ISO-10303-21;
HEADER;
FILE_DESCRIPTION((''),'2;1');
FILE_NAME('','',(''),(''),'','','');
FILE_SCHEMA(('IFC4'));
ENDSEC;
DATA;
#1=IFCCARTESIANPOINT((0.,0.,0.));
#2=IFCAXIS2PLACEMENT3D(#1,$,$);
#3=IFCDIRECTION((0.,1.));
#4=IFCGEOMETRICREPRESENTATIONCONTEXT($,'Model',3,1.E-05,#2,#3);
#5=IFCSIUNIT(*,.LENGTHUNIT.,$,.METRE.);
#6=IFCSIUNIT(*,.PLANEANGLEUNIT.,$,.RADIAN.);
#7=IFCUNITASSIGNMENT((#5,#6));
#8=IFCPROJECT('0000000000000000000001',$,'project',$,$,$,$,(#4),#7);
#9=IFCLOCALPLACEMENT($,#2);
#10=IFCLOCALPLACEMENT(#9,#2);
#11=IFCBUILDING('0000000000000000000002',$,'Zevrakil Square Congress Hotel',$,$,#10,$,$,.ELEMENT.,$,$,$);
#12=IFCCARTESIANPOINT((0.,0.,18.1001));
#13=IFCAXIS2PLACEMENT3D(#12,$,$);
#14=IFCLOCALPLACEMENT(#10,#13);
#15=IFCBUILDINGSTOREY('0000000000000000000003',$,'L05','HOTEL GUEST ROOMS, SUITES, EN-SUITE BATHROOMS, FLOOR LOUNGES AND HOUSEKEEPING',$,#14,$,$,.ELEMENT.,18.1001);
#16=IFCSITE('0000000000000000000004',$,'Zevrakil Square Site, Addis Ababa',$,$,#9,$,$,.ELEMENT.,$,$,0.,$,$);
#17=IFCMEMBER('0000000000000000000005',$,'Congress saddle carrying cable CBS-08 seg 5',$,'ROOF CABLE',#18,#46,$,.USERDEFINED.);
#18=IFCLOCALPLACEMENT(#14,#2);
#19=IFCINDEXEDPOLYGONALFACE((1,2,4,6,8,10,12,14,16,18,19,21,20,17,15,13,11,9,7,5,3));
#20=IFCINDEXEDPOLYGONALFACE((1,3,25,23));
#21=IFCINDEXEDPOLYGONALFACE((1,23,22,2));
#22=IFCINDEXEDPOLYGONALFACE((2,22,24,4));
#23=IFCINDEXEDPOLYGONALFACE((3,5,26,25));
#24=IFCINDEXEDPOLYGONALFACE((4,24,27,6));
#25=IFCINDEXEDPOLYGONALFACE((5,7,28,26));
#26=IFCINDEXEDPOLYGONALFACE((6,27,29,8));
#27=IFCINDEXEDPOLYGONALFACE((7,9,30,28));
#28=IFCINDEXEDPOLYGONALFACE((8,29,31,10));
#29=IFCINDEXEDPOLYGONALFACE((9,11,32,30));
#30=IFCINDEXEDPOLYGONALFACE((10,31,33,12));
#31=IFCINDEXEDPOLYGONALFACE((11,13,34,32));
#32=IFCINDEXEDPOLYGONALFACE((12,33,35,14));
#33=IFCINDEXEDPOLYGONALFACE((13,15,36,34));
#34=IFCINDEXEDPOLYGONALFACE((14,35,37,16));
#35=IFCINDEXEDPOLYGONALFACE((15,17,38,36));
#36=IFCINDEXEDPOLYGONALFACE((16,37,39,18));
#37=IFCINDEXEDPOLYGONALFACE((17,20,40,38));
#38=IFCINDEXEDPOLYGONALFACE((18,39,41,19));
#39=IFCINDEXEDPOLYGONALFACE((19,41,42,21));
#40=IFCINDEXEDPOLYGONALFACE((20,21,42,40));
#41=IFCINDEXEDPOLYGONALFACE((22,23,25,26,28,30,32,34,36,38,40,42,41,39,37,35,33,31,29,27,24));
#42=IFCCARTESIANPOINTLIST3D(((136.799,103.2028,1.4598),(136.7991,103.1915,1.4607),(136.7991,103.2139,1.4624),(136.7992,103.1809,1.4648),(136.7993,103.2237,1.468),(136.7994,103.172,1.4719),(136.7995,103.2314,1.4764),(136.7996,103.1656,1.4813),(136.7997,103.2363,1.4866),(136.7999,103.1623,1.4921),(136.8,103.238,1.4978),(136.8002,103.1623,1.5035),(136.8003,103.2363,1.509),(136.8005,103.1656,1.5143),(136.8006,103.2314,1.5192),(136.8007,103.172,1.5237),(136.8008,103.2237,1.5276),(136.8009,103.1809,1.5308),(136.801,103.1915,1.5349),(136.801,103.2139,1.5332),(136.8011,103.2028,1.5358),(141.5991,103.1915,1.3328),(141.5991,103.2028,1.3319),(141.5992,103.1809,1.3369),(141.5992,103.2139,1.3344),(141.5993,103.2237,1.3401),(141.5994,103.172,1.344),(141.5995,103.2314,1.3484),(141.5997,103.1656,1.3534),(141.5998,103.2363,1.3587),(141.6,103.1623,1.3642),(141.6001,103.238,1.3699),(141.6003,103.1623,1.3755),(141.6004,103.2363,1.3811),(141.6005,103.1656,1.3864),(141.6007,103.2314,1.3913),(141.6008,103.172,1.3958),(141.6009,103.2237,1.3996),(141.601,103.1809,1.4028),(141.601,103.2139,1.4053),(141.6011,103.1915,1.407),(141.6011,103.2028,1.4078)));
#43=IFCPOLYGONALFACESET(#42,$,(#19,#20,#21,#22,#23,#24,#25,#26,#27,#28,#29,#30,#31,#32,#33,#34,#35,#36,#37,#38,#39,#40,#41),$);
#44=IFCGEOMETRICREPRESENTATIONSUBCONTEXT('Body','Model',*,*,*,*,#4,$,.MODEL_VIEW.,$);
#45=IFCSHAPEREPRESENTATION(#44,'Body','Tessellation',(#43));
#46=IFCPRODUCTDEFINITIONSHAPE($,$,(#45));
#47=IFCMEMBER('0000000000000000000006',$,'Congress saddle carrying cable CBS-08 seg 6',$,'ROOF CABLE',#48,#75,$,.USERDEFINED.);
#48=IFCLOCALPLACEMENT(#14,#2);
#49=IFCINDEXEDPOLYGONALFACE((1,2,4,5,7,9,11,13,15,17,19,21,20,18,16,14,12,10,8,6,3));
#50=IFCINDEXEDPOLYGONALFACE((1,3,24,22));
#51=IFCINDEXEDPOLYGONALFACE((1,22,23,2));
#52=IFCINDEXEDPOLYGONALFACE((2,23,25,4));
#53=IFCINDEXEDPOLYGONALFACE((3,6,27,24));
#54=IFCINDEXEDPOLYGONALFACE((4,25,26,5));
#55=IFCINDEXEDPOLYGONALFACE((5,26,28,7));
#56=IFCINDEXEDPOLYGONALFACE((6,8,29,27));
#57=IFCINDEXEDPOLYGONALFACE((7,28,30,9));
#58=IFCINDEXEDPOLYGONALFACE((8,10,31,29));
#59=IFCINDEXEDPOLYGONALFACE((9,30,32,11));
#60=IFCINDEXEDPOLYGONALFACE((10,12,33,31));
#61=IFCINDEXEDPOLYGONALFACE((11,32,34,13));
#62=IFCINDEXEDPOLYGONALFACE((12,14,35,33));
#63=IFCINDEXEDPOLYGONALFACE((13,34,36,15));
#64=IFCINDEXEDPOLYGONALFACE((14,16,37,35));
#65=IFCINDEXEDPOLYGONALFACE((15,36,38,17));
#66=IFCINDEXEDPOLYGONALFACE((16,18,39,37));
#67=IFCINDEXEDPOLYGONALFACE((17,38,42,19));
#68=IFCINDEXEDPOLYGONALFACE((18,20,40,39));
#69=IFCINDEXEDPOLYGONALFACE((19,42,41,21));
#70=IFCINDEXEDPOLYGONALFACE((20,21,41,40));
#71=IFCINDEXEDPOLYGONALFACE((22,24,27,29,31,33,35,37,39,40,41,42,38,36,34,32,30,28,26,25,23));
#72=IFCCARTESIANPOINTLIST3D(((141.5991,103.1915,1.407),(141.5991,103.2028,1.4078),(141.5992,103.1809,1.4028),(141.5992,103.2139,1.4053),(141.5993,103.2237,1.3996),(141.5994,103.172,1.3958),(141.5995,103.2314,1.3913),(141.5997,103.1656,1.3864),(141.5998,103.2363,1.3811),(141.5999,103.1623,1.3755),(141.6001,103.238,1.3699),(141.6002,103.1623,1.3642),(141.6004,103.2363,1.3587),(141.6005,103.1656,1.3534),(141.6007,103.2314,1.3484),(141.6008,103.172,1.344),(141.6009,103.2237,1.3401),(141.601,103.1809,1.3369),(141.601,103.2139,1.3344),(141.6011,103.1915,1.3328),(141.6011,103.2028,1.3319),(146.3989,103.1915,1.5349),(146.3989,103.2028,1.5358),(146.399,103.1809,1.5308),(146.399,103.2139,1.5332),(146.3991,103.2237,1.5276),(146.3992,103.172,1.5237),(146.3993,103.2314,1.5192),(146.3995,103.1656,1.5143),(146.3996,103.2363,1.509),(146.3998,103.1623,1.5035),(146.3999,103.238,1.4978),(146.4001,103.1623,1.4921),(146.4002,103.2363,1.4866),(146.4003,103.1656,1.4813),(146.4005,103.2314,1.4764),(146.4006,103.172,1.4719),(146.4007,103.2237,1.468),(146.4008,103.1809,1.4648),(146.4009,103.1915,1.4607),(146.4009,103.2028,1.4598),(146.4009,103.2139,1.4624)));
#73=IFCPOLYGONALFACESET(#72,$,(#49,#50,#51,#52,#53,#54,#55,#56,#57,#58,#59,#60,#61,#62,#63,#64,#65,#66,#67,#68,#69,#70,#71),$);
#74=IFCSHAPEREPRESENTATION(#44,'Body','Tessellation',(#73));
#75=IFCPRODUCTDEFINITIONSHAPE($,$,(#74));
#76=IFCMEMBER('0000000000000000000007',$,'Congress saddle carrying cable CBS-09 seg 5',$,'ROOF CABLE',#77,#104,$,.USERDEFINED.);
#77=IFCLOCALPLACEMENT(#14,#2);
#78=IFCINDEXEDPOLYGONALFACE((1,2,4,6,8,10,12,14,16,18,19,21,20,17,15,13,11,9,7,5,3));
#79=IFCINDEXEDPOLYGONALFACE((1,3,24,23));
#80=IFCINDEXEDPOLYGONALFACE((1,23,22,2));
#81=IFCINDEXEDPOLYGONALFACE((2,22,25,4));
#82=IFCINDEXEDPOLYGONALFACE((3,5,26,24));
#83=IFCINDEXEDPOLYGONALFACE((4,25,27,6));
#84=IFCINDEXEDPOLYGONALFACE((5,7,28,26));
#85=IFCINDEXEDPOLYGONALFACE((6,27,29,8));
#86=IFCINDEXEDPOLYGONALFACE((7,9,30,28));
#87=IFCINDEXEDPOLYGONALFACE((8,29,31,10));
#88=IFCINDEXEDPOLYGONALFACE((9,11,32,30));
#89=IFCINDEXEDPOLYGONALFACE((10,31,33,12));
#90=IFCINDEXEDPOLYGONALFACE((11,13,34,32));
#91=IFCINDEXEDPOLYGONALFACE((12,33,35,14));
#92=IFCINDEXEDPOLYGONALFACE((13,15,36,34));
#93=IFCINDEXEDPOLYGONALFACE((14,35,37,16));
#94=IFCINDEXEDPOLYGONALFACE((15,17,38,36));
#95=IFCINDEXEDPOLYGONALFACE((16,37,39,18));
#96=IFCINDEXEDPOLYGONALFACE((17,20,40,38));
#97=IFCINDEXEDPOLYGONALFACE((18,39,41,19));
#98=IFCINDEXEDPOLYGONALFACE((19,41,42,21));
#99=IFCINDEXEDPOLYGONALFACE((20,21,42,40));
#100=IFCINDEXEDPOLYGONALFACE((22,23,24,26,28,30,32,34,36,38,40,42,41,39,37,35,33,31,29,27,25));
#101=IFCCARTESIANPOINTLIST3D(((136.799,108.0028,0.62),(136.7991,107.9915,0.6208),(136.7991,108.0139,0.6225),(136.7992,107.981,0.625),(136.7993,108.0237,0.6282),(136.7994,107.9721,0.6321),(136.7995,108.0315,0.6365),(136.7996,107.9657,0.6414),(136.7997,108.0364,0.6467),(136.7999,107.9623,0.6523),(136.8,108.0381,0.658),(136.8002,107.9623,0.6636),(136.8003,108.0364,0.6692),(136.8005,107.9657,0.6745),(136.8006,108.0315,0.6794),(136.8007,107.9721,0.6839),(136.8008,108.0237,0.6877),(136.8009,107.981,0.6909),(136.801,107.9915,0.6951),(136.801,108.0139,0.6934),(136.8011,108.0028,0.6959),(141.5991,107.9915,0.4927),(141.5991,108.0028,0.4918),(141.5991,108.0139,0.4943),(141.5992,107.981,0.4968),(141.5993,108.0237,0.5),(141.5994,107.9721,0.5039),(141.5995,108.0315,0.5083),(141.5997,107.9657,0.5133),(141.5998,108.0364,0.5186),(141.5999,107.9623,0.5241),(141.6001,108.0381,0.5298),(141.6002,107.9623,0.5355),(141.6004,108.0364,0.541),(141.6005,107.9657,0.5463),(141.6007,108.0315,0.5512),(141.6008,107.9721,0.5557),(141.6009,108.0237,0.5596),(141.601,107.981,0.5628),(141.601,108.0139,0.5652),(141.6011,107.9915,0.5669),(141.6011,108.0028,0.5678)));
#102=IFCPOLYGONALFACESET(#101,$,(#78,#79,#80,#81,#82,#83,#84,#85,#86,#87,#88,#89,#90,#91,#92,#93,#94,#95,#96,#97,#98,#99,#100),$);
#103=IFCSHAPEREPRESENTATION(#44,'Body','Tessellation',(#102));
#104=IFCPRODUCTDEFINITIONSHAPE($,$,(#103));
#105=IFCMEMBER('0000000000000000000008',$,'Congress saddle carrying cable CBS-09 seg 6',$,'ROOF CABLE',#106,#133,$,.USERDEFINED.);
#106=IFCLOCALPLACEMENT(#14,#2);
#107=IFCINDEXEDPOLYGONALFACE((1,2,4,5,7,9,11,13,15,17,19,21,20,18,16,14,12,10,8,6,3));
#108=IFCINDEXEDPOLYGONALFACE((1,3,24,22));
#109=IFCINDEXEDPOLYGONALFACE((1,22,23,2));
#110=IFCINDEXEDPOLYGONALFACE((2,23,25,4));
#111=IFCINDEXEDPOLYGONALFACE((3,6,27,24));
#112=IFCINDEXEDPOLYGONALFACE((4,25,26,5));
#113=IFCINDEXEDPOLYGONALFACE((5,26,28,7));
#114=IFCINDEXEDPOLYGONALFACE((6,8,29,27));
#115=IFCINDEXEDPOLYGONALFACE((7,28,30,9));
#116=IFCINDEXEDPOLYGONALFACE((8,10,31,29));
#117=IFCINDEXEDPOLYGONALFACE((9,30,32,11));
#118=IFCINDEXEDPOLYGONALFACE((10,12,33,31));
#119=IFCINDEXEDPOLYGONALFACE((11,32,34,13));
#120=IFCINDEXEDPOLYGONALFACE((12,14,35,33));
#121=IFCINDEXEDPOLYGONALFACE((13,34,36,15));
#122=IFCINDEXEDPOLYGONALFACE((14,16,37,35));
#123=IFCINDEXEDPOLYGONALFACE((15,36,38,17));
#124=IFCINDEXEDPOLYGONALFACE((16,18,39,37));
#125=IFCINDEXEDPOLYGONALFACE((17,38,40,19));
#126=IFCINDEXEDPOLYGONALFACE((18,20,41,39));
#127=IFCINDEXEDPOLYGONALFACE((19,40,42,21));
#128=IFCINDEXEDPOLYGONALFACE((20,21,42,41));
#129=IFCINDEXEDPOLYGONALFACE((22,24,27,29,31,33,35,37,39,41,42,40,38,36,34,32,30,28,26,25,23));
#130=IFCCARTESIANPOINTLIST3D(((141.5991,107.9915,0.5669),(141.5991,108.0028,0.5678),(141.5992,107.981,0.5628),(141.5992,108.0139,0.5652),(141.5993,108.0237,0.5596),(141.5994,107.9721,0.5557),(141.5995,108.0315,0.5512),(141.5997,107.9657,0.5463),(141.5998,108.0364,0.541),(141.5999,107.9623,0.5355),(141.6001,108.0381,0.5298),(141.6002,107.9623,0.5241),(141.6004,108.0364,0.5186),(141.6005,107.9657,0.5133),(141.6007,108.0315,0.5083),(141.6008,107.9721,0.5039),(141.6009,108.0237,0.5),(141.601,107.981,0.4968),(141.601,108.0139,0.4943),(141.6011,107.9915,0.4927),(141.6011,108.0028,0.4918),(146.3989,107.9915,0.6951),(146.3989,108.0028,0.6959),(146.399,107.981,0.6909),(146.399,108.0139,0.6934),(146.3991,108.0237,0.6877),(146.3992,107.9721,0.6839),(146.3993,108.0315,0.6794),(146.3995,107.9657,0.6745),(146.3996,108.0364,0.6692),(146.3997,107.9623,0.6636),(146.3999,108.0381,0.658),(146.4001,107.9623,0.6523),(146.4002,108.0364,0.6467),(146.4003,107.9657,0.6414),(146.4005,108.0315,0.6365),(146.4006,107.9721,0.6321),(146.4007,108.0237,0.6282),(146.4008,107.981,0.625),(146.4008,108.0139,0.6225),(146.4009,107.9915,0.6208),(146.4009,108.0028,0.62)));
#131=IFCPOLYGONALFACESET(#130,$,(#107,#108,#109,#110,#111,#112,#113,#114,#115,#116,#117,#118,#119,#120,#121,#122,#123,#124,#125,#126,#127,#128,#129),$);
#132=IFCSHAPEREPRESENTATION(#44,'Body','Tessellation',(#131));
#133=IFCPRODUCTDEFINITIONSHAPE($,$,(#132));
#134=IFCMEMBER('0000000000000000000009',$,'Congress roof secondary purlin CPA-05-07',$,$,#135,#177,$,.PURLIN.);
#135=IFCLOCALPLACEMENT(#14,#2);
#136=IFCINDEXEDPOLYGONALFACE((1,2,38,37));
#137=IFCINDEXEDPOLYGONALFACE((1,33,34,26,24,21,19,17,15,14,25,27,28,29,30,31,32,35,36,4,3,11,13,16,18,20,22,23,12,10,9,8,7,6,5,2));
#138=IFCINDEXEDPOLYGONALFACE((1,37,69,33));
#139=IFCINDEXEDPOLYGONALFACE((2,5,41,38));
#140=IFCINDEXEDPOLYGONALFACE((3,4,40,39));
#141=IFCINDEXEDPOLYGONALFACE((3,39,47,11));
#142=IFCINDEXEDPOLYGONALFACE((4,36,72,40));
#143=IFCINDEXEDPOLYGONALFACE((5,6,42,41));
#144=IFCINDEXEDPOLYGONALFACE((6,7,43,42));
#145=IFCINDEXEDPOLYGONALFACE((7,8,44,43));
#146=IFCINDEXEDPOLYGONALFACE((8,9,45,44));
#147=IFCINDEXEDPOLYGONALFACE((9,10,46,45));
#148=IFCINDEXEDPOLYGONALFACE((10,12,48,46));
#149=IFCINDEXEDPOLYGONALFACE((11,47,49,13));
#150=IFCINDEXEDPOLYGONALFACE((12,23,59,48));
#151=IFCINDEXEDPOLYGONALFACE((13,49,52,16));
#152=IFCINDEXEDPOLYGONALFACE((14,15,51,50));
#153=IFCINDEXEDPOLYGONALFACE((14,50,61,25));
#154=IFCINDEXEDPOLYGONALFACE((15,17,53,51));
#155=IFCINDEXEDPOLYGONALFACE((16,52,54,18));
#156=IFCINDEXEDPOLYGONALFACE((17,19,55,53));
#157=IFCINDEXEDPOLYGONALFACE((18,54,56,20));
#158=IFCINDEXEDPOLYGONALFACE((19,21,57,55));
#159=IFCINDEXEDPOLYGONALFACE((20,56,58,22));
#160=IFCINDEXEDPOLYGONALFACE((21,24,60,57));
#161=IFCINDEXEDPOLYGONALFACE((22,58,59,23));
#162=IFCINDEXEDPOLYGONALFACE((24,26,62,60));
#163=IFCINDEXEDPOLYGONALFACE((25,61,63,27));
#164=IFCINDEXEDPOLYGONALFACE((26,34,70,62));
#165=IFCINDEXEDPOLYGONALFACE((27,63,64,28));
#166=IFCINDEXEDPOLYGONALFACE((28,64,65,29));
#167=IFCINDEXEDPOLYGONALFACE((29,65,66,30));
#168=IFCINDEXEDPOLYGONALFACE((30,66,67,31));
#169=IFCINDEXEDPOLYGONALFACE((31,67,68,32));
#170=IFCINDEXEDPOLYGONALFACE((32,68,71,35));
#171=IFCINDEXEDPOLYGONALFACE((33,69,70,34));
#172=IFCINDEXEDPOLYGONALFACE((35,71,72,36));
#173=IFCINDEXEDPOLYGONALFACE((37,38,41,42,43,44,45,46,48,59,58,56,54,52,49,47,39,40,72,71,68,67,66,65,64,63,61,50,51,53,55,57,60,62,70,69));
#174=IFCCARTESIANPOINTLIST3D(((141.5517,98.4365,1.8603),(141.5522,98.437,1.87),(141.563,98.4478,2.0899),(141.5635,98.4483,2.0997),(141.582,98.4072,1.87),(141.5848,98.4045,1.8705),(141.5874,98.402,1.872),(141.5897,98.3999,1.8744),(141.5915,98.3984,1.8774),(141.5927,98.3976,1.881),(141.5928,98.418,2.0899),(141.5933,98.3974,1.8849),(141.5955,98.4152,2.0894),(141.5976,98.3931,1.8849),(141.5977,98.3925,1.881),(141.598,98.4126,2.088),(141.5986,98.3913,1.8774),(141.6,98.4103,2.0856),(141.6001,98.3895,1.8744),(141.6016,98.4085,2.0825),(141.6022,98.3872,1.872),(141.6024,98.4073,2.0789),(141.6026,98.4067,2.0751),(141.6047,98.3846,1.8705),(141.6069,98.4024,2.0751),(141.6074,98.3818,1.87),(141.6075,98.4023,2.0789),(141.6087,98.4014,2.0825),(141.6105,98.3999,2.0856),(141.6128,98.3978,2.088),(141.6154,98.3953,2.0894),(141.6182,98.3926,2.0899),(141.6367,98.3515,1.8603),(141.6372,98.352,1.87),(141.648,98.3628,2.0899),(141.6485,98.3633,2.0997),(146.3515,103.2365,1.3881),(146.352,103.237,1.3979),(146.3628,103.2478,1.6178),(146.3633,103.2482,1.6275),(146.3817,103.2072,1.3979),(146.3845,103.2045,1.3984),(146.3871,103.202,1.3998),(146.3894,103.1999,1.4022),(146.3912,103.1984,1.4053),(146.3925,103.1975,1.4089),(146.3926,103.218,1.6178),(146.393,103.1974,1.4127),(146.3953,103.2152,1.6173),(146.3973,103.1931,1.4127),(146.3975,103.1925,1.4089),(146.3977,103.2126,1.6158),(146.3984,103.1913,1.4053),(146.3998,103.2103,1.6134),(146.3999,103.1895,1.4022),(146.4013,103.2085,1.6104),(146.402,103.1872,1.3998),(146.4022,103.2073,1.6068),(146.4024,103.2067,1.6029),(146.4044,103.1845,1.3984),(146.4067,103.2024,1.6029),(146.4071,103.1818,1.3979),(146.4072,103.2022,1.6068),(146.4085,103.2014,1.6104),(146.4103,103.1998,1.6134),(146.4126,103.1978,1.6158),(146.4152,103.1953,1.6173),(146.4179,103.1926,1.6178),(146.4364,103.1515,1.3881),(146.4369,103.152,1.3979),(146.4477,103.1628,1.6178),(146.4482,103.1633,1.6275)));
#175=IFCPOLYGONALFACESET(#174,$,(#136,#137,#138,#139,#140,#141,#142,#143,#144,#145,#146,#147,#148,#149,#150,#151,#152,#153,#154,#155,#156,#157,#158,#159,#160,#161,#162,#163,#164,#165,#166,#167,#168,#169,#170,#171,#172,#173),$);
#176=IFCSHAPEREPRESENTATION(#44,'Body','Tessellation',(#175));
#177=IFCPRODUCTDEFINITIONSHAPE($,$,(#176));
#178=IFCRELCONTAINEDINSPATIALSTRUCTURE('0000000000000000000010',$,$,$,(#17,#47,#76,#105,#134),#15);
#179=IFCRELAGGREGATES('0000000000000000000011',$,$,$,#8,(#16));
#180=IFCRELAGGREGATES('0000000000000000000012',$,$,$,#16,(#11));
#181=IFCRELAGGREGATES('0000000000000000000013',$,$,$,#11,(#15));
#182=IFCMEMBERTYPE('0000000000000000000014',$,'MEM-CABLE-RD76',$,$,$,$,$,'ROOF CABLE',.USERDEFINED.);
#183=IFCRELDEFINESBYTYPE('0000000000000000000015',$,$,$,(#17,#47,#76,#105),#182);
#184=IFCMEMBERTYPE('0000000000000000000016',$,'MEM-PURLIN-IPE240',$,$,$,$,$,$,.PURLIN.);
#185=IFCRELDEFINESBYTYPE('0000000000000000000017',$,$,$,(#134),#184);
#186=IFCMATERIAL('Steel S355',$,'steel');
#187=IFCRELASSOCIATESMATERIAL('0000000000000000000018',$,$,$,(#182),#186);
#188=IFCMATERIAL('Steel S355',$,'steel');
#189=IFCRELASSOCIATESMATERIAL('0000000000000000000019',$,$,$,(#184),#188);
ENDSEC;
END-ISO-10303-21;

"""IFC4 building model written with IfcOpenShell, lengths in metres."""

from ifc_helpers import new_model, si_unit, direction, frame, origin, origin_2d, place, context, subcontext, project, spatial, circle, i_section, extrude, material, material_profile, profile_set, type_object, element, save


model = new_model("IFC4")

# Units and contexts
model_context = context("Model", 3, precision=1e-05, world=origin(), true_north=direction((0.0, 1.0)))
body_context = subcontext(model_context, "Body", "Model", "MODEL_VIEW")
ifc_project = project(units=[si_unit("LENGTHUNIT", "METRE"), si_unit("PLANEANGLEUNIT", "RADIAN")], contexts=[model_context])

# Site, building, storey
site_placement = place(None, origin())
site = spatial("IfcSite", under=ifc_project, at=site_placement, Name="Zevrakil Square Site, Addis Ababa", CompositionType="ELEMENT", RefElevation=0.0)
building_placement = place(site_placement, origin())
building = spatial("IfcBuilding", under=site, at=building_placement, Name="Zevrakil Square Congress Hotel", CompositionType="ELEMENT")
storey_placement = place(building_placement, frame((0.0, 0.0, 18.1001)))
storey = spatial("IfcBuildingStorey", under=building, at=storey_placement, Name="L05", Description="HOTEL GUEST ROOMS, SUITES, EN-SUITE BATHROOMS, FLOOR LOUNGES AND HOUSEKEEPING", CompositionType="ELEMENT", Elevation=18.1001)

# Members
ifc_material_1 = material(Name="Steel S355", Category="steel")
ifc_material_profile_1 = material_profile(ifc_material_1, circle(Radius=0.0381, at=origin_2d()), Name="CABLE RD76")
ifc_profile_set_1 = profile_set([ifc_material_profile_1], Name="Steel S355")
member_type_1 = type_object("IfcMemberType", Name="MEM-CABLE-RD76", ElementType="ROOF CABLE", PredefinedType="USERDEFINED", material=ifc_profile_set_1)
member_1_placement = place(storey_placement, frame((136.8, 103.2, 1.4978), z_axis=(0.999645, 0.0, -0.026642), x_axis=(0.0, 1.0, 0.0)))
element("IfcMember", 1, at=member_1_placement, inside=storey, type_object=member_type_1, Name="Congress saddle carrying cable CBS-08 seg 5", ObjectType="ROOF CABLE", PredefinedType="USERDEFINED", context=body_context, shape_type="SweptSolid", body=[
    extrude(circle(Radius=0.0381, at=origin_2d()), origin(), (0.0, 0.0, 1.0), 4.8018),
])
member_2_placement = place(storey_placement, frame((141.6001, 103.2, 1.3699), z_axis=(0.999645, 0.0, 0.026644), x_axis=(0.0, 1.0, 0.0)))
element("IfcMember", 2, at=member_2_placement, inside=storey, type_object=member_type_1, Name="Congress saddle carrying cable CBS-08 seg 6", ObjectType="ROOF CABLE", PredefinedType="USERDEFINED", context=body_context, shape_type="SweptSolid", body=[
    extrude(circle(Radius=0.0381, at=origin_2d()), origin(), (0.0, 0.0, 1.0), 4.8015),
])
member_3_placement = place(storey_placement, frame((136.8, 108.0, 0.658), z_axis=(0.999644, 0.0, -0.026693), x_axis=(0.0, 1.0, 0.0)))
element("IfcMember", 3, at=member_3_placement, inside=storey, type_object=member_type_1, Name="Congress saddle carrying cable CBS-09 seg 5", ObjectType="ROOF CABLE", PredefinedType="USERDEFINED", context=body_context, shape_type="SweptSolid", body=[
    extrude(circle(Radius=0.0381, at=origin_2d()), origin(), (0.0, 0.0, 1.0), 4.8018),
])
member_4_placement = place(storey_placement, frame((141.6001, 108.0, 0.5298), z_axis=(0.999644, 0.0, 0.026694), x_axis=(0.0, 1.0, 0.0)))
element("IfcMember", 4, at=member_4_placement, inside=storey, type_object=member_type_1, Name="Congress saddle carrying cable CBS-09 seg 6", ObjectType="ROOF CABLE", PredefinedType="USERDEFINED", context=body_context, shape_type="SweptSolid", body=[
    extrude(circle(Radius=0.0381, at=origin_2d()), origin(), (0.0, 0.0, 1.0), 4.8015),
])
ifc_material_2 = material(Name="Steel S355", Category="steel")
ifc_material_profile_2 = material_profile(ifc_material_2, i_section(OverallWidth=0.1201, OverallDepth=0.24, WebThickness=0.0061, FlangeThickness=0.0098, FilletRadius=0.0149, at=origin_2d()), Name="IPE 240")
ifc_profile_set_2 = profile_set([ifc_material_profile_2], Name="Steel S355")
member_type_2 = type_object("IfcMemberType", Name="MEM-PURLIN-IPE240", PredefinedType="PURLIN", material=ifc_profile_set_2)
member_5_placement = place(storey_placement, frame((141.6001, 98.3999, 1.98), z_axis=(0.705384, 0.70542, -0.06939), x_axis=(-0.707125, 0.707089, 0.0)))
element("IfcMember", 5, at=member_5_placement, inside=storey, type_object=member_type_2, Name="Congress roof secondary purlin CPA-05-07", PredefinedType="PURLIN", context=body_context, shape_type="SweptSolid", body=[
    extrude(i_section(OverallWidth=0.1201, OverallDepth=0.24, WebThickness=0.0061, FlangeThickness=0.0098, FilletRadius=0.0149, at=origin_2d()), origin(), (0.0, 0.0, 1.0), 6.8044),
])

save(model, "model.ifc")
